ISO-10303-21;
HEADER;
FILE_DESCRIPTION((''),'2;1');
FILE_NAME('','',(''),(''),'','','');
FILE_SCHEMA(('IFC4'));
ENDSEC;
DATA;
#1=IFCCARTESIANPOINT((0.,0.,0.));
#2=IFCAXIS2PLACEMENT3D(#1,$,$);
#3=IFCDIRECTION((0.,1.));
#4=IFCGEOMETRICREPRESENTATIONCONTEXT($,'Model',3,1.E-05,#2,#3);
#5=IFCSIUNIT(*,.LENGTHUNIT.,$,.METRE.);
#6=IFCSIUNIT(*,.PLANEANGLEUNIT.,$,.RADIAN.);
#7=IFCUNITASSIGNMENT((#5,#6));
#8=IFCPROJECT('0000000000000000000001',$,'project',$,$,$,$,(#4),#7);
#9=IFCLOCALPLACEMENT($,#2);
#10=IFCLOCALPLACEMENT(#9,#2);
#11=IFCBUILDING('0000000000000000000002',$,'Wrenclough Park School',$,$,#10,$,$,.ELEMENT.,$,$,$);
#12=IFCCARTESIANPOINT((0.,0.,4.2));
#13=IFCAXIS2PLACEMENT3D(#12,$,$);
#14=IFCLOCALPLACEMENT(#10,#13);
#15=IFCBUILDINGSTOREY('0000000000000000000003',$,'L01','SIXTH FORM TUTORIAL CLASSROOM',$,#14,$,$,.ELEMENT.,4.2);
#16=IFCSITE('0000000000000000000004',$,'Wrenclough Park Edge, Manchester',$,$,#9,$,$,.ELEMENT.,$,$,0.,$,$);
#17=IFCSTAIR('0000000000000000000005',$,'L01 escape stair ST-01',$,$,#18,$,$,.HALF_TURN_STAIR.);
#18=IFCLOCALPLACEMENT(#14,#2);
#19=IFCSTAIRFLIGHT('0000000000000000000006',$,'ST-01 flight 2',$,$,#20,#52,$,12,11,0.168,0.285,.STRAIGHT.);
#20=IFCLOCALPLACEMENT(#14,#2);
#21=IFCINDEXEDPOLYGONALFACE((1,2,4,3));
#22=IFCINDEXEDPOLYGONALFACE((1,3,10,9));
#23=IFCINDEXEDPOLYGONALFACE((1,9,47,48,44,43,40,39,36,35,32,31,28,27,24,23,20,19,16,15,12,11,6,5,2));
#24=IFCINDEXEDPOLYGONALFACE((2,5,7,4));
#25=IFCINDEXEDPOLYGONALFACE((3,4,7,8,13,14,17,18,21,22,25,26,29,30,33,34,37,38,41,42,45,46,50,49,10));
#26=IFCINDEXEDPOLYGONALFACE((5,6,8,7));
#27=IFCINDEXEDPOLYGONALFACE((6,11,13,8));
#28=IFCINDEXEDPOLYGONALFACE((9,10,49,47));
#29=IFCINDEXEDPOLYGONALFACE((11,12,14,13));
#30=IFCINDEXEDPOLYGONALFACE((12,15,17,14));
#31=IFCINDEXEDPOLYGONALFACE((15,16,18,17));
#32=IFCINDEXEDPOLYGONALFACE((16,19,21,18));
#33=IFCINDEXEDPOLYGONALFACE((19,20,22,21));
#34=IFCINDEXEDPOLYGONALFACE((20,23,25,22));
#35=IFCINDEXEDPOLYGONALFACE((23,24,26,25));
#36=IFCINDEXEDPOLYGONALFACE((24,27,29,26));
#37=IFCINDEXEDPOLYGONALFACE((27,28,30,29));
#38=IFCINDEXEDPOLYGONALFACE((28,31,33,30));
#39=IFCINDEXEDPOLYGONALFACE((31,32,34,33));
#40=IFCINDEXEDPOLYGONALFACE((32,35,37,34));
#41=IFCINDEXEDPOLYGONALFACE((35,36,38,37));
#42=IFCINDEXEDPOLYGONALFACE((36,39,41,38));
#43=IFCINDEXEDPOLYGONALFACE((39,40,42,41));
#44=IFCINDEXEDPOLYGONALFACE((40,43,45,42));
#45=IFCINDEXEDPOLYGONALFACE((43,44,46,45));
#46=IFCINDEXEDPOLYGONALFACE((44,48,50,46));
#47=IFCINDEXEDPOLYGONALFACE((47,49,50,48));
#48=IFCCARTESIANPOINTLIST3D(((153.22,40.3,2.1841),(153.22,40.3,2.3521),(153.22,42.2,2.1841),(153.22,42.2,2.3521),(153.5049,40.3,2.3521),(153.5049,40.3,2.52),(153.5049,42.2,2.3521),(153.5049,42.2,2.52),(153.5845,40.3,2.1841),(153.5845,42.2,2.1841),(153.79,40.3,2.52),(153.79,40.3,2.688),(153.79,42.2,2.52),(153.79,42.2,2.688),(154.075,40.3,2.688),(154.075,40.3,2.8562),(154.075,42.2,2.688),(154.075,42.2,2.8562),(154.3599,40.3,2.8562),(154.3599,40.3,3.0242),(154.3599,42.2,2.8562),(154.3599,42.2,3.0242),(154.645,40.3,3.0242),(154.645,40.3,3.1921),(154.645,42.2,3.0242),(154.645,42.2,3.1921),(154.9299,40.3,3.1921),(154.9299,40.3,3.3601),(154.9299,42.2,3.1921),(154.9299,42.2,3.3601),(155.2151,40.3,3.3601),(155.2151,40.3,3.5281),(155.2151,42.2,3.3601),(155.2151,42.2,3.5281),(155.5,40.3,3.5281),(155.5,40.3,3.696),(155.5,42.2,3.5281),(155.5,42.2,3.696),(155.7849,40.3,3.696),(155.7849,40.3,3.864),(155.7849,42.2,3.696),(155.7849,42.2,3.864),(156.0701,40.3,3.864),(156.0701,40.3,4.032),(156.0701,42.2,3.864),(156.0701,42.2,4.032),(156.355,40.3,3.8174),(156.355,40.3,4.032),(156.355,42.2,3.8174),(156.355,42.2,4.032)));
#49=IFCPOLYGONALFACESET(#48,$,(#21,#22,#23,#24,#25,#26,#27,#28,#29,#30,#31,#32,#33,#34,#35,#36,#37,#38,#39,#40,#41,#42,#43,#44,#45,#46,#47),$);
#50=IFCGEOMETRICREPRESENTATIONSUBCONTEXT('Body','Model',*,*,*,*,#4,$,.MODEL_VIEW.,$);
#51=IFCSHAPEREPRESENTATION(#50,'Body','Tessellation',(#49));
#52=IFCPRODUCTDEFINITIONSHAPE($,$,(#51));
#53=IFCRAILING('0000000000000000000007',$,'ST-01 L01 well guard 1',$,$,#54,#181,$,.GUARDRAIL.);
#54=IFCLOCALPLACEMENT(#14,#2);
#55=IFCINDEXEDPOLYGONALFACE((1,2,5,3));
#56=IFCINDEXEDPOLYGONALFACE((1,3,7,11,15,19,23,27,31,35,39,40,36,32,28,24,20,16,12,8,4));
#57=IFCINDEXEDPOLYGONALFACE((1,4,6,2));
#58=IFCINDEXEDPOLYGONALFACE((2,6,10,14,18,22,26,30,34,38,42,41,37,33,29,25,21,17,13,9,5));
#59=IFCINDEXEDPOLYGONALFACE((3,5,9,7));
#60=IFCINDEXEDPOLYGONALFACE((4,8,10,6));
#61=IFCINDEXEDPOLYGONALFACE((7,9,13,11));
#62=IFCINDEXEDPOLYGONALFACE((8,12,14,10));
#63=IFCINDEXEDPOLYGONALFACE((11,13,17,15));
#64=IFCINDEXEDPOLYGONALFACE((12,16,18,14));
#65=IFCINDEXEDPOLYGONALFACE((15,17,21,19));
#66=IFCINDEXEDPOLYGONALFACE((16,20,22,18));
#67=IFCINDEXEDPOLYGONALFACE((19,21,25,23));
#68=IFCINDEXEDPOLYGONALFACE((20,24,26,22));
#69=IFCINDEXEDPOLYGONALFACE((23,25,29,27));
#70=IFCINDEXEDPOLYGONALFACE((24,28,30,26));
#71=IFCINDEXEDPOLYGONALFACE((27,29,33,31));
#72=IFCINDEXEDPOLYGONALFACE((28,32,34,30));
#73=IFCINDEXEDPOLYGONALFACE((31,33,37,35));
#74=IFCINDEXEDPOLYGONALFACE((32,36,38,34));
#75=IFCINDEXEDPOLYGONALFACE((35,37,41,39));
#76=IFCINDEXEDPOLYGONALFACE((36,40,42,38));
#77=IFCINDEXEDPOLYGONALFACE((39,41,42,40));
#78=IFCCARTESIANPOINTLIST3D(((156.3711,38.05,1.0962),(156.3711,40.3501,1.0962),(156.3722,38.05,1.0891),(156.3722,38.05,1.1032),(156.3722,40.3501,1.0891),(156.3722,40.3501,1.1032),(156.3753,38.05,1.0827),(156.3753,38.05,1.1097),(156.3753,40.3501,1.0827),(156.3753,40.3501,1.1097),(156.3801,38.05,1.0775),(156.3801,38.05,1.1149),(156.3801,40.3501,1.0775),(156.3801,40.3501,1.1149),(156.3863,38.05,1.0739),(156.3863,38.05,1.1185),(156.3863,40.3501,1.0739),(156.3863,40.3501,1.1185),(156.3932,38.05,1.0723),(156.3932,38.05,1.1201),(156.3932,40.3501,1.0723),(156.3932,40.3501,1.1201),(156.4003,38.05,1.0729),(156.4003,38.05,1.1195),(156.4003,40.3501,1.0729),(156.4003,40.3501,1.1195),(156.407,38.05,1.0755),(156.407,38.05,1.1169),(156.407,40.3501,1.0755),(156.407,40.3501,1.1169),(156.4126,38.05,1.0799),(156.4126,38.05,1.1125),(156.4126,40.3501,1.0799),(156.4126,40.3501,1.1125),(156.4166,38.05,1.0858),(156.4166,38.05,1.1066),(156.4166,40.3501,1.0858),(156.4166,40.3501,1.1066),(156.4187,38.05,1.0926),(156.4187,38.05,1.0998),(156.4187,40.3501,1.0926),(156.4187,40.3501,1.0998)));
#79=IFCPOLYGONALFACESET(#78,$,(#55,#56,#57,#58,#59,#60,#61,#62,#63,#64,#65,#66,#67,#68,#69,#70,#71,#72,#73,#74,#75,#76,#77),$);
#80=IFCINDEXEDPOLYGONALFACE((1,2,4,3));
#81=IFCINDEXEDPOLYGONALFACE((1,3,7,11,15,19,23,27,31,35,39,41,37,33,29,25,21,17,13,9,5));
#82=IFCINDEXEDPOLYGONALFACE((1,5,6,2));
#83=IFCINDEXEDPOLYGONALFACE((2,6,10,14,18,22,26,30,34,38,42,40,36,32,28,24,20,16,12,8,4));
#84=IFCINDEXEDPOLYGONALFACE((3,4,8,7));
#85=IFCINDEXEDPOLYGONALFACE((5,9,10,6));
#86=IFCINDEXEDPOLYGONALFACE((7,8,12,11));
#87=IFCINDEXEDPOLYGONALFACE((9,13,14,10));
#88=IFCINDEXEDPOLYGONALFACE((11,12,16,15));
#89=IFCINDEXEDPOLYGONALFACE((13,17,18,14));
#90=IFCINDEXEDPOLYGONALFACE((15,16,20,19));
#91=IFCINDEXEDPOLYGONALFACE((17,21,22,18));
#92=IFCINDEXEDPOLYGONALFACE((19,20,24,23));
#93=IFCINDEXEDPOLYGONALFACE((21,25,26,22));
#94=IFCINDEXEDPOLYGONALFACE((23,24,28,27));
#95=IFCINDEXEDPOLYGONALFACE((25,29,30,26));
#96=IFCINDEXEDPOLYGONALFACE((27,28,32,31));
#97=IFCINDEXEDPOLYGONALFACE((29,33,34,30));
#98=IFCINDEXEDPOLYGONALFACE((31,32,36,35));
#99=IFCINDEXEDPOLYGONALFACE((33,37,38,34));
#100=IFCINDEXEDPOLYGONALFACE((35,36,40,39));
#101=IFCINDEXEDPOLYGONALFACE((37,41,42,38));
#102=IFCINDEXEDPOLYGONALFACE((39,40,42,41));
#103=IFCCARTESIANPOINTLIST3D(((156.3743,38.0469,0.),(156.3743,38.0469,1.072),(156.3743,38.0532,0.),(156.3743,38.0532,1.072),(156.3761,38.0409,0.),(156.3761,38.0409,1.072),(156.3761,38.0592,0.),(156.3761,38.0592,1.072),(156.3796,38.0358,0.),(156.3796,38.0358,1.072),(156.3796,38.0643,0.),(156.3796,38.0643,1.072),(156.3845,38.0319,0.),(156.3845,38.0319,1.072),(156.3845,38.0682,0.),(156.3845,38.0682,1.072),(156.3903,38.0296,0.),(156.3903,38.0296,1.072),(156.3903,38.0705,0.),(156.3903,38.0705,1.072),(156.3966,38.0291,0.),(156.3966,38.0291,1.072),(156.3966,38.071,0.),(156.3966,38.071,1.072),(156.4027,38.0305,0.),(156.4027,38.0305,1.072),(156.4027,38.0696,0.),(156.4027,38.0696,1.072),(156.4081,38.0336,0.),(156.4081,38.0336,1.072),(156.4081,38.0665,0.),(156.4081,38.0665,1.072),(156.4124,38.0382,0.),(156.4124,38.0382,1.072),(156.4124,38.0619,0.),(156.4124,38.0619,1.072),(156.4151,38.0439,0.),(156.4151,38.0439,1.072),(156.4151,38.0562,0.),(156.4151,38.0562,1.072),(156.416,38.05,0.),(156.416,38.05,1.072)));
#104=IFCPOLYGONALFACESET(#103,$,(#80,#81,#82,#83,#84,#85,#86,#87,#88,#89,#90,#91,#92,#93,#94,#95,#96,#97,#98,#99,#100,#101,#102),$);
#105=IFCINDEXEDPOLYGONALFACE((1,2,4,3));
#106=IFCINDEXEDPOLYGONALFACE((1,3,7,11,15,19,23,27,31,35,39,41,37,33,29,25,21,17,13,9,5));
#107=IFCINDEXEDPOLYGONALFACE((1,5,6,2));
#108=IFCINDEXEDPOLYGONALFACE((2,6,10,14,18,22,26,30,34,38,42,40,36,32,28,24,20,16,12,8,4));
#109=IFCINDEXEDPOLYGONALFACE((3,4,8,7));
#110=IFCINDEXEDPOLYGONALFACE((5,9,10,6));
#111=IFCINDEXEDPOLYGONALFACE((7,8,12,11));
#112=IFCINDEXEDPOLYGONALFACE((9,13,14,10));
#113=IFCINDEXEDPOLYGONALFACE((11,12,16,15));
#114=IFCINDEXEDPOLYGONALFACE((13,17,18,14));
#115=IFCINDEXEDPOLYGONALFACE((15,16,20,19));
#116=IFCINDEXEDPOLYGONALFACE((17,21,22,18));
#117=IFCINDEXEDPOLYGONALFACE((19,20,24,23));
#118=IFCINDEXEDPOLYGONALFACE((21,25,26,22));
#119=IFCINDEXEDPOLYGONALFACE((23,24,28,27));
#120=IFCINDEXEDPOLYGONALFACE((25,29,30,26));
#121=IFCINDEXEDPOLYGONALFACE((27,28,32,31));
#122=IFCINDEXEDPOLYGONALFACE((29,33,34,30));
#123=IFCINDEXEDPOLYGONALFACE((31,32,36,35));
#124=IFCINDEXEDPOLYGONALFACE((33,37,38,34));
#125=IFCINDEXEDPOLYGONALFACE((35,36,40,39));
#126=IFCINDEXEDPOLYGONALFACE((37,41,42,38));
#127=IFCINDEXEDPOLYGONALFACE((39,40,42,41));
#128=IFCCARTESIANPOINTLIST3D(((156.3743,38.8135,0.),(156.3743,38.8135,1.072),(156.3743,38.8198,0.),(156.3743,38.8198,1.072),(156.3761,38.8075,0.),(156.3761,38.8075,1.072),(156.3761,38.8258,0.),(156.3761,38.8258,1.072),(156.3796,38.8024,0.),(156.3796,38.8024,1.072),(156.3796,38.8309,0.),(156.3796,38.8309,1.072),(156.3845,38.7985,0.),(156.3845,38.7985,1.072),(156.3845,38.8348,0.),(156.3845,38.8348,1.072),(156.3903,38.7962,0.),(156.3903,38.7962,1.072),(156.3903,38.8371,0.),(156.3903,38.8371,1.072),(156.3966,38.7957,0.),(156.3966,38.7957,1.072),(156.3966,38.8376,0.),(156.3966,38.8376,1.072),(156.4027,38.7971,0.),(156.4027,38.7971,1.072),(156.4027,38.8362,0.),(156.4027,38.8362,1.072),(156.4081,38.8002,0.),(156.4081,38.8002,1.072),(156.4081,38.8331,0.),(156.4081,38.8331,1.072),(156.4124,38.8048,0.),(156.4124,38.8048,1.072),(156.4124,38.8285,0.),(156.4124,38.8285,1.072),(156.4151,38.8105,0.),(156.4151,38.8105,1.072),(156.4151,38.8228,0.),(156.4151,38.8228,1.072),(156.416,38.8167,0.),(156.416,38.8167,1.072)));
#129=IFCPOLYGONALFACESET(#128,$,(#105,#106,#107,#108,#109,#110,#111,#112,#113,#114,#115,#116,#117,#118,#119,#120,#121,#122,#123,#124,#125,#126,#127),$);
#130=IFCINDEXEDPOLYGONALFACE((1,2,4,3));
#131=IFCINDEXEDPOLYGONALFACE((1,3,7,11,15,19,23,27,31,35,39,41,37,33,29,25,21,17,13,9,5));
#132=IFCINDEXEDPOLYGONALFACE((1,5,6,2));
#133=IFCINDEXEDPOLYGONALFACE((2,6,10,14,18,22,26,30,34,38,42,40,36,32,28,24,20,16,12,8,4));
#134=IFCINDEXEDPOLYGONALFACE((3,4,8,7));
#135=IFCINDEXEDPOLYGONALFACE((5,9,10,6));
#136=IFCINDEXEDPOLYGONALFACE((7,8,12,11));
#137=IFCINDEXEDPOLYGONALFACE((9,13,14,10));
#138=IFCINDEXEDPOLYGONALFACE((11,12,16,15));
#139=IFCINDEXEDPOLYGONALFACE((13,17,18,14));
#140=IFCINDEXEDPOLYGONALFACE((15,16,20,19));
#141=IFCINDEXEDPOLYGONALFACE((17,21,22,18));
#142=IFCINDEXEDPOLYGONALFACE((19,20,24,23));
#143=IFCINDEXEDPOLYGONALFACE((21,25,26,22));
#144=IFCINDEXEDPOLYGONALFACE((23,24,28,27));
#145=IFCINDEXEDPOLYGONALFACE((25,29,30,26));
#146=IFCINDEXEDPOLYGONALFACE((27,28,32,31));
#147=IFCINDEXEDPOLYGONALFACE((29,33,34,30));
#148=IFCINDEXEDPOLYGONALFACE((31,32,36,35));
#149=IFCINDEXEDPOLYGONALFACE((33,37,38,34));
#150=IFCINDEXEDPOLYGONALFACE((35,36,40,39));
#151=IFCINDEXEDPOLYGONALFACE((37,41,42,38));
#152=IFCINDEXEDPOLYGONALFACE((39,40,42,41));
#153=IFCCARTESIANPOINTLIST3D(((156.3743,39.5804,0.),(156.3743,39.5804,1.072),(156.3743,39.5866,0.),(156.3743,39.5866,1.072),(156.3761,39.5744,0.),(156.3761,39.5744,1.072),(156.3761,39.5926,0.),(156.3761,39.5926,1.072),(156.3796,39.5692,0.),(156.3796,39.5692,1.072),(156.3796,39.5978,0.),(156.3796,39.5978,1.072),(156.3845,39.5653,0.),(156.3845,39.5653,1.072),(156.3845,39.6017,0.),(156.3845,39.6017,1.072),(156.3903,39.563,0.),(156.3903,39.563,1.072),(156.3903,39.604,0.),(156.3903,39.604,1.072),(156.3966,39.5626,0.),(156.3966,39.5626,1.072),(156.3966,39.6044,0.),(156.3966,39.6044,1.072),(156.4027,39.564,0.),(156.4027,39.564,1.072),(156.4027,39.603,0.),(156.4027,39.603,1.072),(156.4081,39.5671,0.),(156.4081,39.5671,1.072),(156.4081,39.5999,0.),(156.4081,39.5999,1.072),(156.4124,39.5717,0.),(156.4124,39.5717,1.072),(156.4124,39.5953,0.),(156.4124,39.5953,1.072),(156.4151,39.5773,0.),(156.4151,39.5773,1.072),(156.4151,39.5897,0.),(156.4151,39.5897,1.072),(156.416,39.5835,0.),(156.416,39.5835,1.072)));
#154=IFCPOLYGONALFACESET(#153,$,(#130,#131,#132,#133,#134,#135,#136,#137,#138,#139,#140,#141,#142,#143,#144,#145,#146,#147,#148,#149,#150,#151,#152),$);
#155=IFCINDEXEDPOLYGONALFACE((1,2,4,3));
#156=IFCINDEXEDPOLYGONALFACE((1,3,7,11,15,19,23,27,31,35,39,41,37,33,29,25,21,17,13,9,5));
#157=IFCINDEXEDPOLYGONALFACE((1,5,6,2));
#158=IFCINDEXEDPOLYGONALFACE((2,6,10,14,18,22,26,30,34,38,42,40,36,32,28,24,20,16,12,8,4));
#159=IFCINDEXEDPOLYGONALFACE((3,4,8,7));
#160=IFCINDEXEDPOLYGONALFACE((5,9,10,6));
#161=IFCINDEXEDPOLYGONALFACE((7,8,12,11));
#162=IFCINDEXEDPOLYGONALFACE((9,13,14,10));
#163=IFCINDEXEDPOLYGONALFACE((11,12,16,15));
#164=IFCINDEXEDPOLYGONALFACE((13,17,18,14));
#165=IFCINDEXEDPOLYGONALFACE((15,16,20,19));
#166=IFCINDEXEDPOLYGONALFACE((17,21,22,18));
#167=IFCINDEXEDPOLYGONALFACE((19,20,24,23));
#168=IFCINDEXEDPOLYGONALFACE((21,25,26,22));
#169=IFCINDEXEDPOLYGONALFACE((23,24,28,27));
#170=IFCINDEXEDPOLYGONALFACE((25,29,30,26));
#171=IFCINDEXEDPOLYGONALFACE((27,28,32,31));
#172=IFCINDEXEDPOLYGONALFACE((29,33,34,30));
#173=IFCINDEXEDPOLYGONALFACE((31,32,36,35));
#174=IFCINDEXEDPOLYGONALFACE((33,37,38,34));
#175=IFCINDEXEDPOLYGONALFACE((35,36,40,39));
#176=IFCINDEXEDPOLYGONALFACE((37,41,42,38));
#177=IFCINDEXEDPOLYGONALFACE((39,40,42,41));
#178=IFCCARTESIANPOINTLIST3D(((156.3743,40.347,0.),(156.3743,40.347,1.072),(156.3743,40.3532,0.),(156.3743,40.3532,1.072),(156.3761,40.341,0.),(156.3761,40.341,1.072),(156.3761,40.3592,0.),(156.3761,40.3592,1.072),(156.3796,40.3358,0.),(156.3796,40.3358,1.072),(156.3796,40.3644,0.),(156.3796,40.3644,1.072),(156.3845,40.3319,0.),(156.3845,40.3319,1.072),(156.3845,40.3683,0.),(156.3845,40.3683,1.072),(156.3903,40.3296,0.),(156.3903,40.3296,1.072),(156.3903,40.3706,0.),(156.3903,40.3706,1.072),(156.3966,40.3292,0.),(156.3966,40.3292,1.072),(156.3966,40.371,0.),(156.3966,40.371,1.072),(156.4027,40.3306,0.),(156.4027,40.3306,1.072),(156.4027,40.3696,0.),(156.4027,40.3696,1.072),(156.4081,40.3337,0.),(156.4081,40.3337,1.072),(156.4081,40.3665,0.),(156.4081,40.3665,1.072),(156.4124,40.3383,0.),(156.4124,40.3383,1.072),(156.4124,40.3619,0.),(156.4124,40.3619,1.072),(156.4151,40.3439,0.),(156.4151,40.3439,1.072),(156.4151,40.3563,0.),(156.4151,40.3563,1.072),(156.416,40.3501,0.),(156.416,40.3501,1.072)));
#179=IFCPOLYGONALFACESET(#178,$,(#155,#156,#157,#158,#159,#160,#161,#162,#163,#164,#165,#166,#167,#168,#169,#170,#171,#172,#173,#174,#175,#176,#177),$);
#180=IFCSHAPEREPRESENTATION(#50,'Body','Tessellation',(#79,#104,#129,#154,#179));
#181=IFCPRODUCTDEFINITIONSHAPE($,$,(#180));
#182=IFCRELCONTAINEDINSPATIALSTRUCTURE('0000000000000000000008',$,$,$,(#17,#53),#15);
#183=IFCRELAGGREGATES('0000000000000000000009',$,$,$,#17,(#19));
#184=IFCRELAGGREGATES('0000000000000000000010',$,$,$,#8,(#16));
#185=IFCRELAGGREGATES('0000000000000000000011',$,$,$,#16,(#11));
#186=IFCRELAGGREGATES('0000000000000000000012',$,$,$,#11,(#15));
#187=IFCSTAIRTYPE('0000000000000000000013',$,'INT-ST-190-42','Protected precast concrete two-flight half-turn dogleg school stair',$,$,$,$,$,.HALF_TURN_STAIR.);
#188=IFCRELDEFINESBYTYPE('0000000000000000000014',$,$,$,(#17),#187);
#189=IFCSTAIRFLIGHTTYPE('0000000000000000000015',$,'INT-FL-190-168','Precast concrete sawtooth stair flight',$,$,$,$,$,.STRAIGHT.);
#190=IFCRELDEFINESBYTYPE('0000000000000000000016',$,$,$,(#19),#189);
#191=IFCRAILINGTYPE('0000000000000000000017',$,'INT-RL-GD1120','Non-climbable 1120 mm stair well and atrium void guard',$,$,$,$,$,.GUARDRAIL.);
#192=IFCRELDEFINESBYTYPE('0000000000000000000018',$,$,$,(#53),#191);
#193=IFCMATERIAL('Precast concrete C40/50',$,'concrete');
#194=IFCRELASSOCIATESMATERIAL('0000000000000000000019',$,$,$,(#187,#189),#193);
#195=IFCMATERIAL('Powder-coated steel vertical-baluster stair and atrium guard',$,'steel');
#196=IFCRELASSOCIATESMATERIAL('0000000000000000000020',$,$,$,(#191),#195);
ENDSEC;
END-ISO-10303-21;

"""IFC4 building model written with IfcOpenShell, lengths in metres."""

from ifc_helpers import new_model, si_unit, direction, frame, origin, origin_2d, place, context, subcontext, project, spatial, polyline, circle, outline, extrude, material, type_object, element, aggregate, save


model = new_model("IFC4")

# Units and contexts
model_context = context("Model", 3, precision=1e-05, world=origin(), true_north=direction((0.0, 1.0)))
body_context = subcontext(model_context, "Body", "Model", "MODEL_VIEW")
ifc_project = project(units=[si_unit("LENGTHUNIT", "METRE"), si_unit("PLANEANGLEUNIT", "RADIAN")], contexts=[model_context])

# Site, building, storey
site_placement = place(None, origin())
site = spatial("IfcSite", under=ifc_project, at=site_placement, Name="Wrenclough Park Edge, Manchester", CompositionType="ELEMENT", RefElevation=0.0)
building_placement = place(site_placement, origin())
building = spatial("IfcBuilding", under=site, at=building_placement, Name="Wrenclough Park School", CompositionType="ELEMENT")
storey_placement = place(building_placement, frame((0.0, 0.0, 4.2)))
storey = spatial("IfcBuildingStorey", under=building, at=storey_placement, Name="L01", Description="SIXTH FORM TUTORIAL CLASSROOM", CompositionType="ELEMENT", Elevation=4.2)

# Stair, stair flight
ifc_material_1 = material(Name="Precast concrete C40/50", Category="concrete")
stair_type = type_object("IfcStairType", Name="INT-ST-190-42", Description="Protected precast concrete two-flight half-turn dogleg school stair", PredefinedType="HALF_TURN_STAIR", material=ifc_material_1)
stair_placement = place(storey_placement, origin())
stair = element("IfcStair", 1, at=stair_placement, inside=storey, type_object=stair_type, Name="L01 escape stair ST-01", PredefinedType="HALF_TURN_STAIR")
stair_flight_type = type_object("IfcStairFlightType", Name="INT-FL-190-168", Description="Precast concrete sawtooth stair flight", PredefinedType="STRAIGHT", material=ifc_material_1)
stair_flight_1_placement = place(storey_placement, frame((153.22, 41.25, 2.1841), z_axis=(0.0, 0.0, 1.0), x_axis=(1.0, 0.0, 0.0)))
stair_flight_1 = element("IfcStairFlight", 2, at=stair_flight_1_placement, type_object=stair_flight_type, Name="ST-01 flight 2", NumberOfRisers=12, NumberOfTreads=11, PredefinedType="STRAIGHT", RiserHeight=0.168, TreadLength=0.285, context=body_context, shape_type="SweptSolid", body=[
    extrude(outline(polyline([(0.0, 0.0), (0.0, 0.168), (0.2849, 0.168), (0.2849, 0.3359), (0.5701, 0.3359), (0.5701, 0.5039), (0.855, 0.5039), (0.855, 0.6721), (1.1399, 0.6721), (1.1399, 0.8401), (1.425, 0.8401), (1.425, 1.0081), (1.71, 1.0081), (1.71, 1.176), (1.9951, 1.176), (1.9951, 1.344), (2.28, 1.344), (2.28, 1.512), (2.5649, 1.512), (2.5649, 1.6799), (2.8501, 1.6799), (2.8501, 1.8479), (3.135, 1.8479), (3.135, 2.0161), (3.135, 1.6333), (0.3645, 0.0), (0.0, 0.0)])), frame((0.0, 0.95, 0.0), z_axis=(0.0, -1.0, 0.0), x_axis=(1.0, 0.0, 0.0)), (0.0, 0.0, 1.0), 1.8999),
])
aggregate(stair, [stair_flight_1])

# Railing
ifc_material_2 = material(Name="Powder-coated steel vertical-baluster stair and atrium guard", Category="steel")
railing_type_1 = type_object("IfcRailingType", Name="INT-RL-GD1120", Description="Non-climbable 1120 mm stair well and atrium void guard", PredefinedType="GUARDRAIL", material=ifc_material_2)
railing_1_placement = place(storey_placement, frame((156.395, 38.05, 0.0)))
element("IfcRailing", 3, at=railing_1_placement, inside=storey, type_object=railing_type_1, Name="ST-01 L01 well guard 1", PredefinedType="GUARDRAIL", context=body_context, shape_type="SweptSolid", body=[
    extrude(circle(Radius=0.0239, at=origin_2d()), frame((0.0, 0.0, 1.0962), z_axis=(0.0, 1.0, 0.0), x_axis=(-1.0, 0.0, 0.0)), (0.0, 0.0, 1.0), 2.3),
    extrude(circle(Radius=0.021, at=origin_2d()), origin(), (0.0, 0.0, 1.0), 1.072),
    extrude(circle(Radius=0.021, at=origin_2d()), frame((0.0, 0.7666, 0.0)), (0.0, 0.0, 1.0), 1.072),
    extrude(circle(Radius=0.021, at=origin_2d()), frame((0.0, 1.5334, 0.0)), (0.0, 0.0, 1.0), 1.072),
    extrude(circle(Radius=0.021, at=origin_2d()), frame((0.0, 2.3, 0.0)), (0.0, 0.0, 1.0), 1.072),
])

save(model, "model.ifc")
